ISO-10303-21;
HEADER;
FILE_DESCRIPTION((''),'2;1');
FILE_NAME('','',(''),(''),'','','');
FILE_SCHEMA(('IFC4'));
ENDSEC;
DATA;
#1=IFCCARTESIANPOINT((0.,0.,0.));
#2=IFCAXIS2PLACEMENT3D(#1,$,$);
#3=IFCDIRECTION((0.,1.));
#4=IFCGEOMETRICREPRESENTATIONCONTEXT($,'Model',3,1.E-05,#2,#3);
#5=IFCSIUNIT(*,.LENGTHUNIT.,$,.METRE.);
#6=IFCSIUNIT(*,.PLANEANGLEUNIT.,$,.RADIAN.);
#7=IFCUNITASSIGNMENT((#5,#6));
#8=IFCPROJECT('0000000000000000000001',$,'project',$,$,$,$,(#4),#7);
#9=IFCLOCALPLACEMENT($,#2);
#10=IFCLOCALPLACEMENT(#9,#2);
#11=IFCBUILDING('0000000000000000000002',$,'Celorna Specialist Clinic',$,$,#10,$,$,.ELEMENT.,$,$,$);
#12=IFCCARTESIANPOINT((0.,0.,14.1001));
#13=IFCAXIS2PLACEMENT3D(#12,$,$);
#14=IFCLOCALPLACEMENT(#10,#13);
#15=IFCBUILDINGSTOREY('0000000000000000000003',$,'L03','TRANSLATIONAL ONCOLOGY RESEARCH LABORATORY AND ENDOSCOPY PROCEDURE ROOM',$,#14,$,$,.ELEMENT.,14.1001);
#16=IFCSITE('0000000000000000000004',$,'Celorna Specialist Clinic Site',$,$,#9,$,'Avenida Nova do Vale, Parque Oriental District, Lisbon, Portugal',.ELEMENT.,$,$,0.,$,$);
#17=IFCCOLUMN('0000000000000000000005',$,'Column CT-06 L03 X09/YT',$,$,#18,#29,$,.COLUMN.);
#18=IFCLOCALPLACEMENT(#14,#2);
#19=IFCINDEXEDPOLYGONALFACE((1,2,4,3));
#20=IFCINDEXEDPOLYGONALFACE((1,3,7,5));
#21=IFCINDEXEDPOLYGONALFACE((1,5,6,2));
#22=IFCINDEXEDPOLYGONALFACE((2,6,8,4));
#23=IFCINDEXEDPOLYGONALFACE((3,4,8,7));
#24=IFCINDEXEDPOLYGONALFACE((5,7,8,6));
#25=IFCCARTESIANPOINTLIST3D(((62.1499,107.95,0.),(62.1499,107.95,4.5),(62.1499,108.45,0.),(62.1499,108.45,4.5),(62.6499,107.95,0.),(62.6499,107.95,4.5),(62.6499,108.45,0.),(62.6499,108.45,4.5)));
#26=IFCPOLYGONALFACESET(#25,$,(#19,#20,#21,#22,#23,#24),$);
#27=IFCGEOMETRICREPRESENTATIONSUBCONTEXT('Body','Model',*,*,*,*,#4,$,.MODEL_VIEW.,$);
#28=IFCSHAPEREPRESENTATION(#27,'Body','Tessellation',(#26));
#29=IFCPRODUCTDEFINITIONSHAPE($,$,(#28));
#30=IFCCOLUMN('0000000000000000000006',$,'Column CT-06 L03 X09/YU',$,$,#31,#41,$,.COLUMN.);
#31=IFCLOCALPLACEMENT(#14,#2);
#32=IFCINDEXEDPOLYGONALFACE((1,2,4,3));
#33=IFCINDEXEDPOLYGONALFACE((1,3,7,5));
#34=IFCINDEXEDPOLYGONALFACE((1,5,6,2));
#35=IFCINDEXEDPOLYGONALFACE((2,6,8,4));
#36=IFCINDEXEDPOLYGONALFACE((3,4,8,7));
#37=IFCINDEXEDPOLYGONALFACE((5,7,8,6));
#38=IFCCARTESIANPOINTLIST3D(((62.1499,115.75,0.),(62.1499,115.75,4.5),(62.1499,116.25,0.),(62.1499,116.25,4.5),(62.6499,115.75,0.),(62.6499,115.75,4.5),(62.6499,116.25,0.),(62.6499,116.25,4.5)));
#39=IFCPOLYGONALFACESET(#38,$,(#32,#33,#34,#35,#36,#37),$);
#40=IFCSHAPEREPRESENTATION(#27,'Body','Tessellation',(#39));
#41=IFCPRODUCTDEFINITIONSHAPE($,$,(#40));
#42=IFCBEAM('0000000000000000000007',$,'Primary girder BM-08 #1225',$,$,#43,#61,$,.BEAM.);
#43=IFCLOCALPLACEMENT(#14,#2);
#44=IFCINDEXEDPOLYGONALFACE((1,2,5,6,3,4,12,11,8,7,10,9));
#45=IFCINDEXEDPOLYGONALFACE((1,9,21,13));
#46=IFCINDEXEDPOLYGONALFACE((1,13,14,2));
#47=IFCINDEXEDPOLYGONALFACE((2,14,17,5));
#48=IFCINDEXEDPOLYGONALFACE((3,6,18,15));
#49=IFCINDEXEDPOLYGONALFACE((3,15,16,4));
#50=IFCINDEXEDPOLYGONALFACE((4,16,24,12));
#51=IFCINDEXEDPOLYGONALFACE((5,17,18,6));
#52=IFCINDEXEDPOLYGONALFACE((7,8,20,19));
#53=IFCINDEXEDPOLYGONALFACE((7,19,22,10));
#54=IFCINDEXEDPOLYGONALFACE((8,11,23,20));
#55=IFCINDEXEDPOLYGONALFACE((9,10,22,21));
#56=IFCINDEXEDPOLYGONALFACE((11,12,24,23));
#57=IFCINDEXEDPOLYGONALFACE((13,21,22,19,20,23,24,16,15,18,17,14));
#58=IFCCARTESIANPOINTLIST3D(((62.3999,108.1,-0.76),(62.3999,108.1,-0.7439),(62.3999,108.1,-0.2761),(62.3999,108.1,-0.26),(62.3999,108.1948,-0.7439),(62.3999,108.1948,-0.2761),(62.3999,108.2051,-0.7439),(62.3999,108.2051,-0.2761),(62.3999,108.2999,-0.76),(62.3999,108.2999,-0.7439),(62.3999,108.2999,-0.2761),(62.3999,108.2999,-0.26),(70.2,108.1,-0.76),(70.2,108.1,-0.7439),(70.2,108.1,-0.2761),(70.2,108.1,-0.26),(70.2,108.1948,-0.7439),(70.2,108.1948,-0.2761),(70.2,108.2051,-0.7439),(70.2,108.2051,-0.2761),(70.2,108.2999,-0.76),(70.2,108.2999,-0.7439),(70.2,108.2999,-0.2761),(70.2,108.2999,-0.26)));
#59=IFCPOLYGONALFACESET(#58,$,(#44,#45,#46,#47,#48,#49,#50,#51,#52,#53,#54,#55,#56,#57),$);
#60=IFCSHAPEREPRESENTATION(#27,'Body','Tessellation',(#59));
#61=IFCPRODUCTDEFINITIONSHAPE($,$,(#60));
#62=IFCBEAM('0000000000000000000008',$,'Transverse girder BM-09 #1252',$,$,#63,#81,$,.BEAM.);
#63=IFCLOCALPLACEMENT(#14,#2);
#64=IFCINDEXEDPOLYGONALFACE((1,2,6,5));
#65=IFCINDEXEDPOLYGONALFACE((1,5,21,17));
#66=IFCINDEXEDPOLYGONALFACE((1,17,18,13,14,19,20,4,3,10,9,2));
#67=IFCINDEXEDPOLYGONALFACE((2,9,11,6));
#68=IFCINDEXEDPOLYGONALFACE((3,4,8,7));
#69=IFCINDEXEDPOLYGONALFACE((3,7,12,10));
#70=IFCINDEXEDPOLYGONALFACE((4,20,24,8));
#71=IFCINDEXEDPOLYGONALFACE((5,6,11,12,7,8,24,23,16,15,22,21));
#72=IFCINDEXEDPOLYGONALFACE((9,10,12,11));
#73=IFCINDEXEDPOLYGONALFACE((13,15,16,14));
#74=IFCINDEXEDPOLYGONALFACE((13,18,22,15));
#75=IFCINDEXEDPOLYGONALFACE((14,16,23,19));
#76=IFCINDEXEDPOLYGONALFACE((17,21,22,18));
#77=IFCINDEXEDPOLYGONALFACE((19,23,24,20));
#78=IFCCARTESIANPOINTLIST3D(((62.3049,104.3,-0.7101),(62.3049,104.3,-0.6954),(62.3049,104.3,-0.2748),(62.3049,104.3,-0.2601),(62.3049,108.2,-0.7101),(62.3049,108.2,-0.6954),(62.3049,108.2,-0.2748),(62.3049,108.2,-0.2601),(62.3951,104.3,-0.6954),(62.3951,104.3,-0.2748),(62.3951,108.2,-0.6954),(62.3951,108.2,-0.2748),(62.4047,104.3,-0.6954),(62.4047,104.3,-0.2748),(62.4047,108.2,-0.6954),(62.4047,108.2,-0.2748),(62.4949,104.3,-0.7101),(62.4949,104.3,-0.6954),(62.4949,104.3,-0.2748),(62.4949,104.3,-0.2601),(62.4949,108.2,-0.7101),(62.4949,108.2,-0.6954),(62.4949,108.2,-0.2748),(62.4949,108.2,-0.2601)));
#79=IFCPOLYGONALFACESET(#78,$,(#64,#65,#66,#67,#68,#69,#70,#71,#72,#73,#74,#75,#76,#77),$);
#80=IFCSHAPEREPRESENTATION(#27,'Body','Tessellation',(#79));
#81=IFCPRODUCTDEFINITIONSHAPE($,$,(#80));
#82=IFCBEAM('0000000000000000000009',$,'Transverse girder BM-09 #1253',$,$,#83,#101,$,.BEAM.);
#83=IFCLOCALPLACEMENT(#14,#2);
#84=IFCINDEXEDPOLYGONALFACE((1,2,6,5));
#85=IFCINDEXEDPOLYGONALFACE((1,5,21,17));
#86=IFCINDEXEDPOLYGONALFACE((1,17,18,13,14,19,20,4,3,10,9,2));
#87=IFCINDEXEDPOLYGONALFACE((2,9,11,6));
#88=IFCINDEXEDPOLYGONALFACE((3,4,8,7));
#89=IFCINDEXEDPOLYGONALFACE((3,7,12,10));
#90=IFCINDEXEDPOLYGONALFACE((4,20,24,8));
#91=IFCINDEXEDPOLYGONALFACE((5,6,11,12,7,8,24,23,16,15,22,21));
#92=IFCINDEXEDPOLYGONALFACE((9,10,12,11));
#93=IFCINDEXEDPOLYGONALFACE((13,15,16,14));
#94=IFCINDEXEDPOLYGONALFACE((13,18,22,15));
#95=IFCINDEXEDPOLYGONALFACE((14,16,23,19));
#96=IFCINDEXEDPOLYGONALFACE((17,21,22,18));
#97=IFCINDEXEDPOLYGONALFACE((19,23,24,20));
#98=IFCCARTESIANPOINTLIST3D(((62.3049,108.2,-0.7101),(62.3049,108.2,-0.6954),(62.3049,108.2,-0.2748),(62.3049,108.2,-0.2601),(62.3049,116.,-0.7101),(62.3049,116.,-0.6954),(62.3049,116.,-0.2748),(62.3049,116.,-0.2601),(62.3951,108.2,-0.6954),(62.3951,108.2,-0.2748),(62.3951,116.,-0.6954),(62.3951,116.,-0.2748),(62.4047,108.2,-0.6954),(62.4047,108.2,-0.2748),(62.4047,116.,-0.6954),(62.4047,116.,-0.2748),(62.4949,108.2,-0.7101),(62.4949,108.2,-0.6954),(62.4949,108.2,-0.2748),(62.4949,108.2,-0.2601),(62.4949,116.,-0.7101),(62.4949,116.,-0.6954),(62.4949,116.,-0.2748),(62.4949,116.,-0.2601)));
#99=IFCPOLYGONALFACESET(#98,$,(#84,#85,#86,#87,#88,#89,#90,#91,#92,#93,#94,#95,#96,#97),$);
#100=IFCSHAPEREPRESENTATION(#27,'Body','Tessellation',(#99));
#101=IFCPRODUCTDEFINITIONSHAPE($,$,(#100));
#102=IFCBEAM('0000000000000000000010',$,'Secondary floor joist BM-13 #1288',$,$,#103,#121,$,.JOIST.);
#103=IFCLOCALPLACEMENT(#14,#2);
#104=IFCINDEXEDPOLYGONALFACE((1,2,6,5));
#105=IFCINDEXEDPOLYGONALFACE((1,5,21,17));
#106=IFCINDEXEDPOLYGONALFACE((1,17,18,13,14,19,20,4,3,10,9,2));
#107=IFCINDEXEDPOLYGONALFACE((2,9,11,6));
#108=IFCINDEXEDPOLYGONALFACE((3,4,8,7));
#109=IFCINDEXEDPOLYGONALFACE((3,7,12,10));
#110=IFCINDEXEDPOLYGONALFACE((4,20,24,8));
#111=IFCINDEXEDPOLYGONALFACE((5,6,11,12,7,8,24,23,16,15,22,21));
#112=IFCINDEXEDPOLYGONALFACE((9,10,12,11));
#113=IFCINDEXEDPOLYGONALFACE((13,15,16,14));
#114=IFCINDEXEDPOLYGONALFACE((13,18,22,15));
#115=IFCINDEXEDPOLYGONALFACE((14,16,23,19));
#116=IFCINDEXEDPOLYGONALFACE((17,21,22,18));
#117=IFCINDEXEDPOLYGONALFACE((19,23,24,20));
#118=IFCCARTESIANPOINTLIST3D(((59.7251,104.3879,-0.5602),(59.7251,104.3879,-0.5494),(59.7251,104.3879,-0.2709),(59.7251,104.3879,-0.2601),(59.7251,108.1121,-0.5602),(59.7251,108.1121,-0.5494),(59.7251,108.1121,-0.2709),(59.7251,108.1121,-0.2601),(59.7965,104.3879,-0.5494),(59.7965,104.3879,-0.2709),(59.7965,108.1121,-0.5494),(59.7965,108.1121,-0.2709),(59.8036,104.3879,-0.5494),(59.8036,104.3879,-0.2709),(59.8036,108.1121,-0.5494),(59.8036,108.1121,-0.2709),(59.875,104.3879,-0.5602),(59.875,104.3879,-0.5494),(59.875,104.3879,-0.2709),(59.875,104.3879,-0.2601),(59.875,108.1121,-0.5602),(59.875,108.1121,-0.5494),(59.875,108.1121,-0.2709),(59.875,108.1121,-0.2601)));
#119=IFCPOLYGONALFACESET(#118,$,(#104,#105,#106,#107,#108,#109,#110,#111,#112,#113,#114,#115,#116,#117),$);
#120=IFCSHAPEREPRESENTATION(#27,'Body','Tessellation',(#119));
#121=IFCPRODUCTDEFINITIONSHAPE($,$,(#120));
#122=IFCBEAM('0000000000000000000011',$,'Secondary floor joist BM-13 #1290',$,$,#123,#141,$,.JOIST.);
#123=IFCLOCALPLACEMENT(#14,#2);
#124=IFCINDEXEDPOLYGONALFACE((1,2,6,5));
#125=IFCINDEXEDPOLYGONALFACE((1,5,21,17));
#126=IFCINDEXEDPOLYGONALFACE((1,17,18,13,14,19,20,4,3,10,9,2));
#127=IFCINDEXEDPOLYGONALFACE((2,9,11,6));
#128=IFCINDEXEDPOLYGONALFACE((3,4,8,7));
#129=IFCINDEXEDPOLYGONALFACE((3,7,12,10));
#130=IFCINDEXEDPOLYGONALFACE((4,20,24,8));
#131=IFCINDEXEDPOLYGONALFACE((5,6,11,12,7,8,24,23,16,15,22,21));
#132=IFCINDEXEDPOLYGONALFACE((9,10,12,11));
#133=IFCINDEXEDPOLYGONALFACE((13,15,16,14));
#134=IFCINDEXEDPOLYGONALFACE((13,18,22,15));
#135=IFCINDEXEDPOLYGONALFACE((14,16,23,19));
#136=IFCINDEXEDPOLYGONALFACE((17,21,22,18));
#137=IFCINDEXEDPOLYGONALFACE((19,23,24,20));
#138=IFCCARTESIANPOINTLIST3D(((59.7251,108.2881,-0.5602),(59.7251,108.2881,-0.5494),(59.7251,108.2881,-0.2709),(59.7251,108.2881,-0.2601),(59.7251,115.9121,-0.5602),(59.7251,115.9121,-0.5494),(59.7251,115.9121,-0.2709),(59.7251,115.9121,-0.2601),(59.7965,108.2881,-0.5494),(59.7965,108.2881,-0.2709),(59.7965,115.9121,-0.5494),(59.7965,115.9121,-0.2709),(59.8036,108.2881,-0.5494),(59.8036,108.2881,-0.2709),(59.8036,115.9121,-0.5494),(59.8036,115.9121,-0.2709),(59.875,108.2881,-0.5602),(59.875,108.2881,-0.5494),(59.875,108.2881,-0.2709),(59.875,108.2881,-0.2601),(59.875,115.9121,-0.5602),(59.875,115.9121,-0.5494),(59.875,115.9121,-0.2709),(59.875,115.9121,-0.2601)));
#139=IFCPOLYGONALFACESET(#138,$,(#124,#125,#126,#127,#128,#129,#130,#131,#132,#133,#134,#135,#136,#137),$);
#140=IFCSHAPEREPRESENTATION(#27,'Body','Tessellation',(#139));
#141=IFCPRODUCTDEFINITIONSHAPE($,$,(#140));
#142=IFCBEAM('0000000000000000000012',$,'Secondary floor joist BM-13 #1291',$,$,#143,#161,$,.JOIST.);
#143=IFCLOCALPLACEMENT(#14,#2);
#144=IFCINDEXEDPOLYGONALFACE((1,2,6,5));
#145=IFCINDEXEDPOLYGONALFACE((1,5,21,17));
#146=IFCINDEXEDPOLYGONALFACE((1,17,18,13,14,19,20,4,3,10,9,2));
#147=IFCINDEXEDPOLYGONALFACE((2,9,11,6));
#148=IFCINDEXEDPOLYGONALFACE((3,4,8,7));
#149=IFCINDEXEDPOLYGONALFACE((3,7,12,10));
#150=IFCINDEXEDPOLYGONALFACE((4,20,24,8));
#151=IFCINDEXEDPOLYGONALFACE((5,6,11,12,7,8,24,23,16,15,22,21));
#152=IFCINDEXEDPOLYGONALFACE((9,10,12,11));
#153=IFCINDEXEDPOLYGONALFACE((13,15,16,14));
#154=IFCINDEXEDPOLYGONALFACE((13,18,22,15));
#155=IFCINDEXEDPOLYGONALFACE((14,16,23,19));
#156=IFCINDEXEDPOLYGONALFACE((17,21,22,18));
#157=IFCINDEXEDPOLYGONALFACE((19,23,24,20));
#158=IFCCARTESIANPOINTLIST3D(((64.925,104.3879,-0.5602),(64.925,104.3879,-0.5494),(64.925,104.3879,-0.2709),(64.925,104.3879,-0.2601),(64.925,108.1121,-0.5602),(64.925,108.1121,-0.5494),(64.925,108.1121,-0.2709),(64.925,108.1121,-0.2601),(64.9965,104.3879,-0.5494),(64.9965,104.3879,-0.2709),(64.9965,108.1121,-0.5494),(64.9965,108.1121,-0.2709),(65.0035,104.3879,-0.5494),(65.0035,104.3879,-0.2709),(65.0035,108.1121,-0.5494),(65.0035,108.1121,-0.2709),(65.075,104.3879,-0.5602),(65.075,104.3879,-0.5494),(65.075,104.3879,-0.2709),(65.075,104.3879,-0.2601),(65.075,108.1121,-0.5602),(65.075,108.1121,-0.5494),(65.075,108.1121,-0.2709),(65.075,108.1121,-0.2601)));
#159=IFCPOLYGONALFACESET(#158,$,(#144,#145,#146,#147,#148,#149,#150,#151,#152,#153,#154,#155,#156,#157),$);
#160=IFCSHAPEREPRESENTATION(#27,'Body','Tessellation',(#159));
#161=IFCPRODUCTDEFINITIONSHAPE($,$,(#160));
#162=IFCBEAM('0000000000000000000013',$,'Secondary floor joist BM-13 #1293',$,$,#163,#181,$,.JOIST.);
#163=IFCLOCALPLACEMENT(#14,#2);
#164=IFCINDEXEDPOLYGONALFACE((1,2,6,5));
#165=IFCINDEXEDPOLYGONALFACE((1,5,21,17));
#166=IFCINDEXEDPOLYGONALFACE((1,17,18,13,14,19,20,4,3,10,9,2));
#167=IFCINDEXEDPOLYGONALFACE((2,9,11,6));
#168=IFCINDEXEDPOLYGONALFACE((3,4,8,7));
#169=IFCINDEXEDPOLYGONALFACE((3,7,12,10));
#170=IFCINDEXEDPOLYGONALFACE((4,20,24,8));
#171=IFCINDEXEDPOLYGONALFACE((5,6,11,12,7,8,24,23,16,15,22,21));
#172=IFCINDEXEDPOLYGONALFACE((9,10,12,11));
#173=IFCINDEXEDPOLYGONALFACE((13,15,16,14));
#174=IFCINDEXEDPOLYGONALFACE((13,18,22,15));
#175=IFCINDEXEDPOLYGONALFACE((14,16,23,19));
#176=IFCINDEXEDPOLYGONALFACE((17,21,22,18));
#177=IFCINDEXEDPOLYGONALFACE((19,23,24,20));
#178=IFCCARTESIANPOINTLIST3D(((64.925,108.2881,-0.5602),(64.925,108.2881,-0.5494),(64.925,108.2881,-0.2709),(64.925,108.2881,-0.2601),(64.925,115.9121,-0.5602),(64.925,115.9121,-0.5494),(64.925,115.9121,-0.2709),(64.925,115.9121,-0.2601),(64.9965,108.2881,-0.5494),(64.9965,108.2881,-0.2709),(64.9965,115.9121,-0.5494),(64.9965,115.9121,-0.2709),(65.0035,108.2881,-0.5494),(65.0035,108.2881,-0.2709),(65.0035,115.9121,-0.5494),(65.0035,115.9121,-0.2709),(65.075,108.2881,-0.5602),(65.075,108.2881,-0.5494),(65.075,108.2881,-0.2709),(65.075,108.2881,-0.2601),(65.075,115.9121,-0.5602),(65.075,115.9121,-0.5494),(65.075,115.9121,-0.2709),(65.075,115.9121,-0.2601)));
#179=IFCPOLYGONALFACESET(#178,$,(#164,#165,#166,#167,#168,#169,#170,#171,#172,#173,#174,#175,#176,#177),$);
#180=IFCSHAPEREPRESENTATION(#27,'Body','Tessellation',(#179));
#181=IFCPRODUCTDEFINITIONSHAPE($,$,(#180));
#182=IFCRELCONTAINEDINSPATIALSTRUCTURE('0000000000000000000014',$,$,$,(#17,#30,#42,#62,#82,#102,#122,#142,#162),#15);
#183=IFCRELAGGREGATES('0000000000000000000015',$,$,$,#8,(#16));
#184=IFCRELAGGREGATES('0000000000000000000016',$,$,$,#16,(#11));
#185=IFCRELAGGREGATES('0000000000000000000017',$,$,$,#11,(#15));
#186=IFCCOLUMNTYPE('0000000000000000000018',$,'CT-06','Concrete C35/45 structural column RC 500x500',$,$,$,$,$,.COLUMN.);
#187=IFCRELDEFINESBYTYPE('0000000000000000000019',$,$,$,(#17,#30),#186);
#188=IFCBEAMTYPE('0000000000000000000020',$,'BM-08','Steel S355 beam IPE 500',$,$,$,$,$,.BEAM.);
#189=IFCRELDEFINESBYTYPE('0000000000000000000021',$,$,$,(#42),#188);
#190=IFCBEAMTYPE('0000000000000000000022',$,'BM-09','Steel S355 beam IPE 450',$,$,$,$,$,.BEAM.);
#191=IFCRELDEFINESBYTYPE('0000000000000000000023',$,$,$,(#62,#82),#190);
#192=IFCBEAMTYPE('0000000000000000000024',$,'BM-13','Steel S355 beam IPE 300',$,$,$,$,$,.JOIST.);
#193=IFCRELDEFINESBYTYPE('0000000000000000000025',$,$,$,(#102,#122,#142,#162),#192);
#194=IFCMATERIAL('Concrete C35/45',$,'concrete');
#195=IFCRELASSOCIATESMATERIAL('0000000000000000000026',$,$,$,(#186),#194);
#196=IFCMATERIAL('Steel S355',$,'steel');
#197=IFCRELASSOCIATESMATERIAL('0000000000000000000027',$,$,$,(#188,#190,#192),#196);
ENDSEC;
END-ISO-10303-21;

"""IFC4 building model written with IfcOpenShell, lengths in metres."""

from ifc_helpers import new_model, si_unit, direction, frame, origin, origin_2d, place, context, subcontext, project, spatial, rectangle, i_section, extrude, material, material_profile, profile_set, type_object, element, save


model = new_model("IFC4")

# Units and contexts
model_context = context("Model", 3, precision=1e-05, world=origin(), true_north=direction((0.0, 1.0)))
body_context = subcontext(model_context, "Body", "Model", "MODEL_VIEW")
ifc_project = project(units=[si_unit("LENGTHUNIT", "METRE"), si_unit("PLANEANGLEUNIT", "RADIAN")], contexts=[model_context])

# Site, building, storey
site_placement = place(None, origin())
site = spatial("IfcSite", under=ifc_project, at=site_placement, Name="Celorna Specialist Clinic Site", LongName="Avenida Nova do Vale, Parque Oriental District, Lisbon, Portugal", CompositionType="ELEMENT", RefElevation=0.0)
building_placement = place(site_placement, origin())
building = spatial("IfcBuilding", under=site, at=building_placement, Name="Celorna Specialist Clinic", CompositionType="ELEMENT")
storey_placement = place(building_placement, frame((0.0, 0.0, 14.1001)))
storey = spatial("IfcBuildingStorey", under=building, at=storey_placement, Name="L03", Description="TRANSLATIONAL ONCOLOGY RESEARCH LABORATORY AND ENDOSCOPY PROCEDURE ROOM", CompositionType="ELEMENT", Elevation=14.1001)

# Columns
ifc_material_1 = material(Name="Concrete C35/45", Category="concrete")
ifc_material_profile_1 = material_profile(ifc_material_1, rectangle(XDim=0.5, YDim=0.5, at=origin_2d()), Name="RC 500x500")
ifc_profile_set_1 = profile_set([ifc_material_profile_1], Name="Concrete C35/45")
column_type = type_object("IfcColumnType", Name="CT-06", Description="Concrete C35/45 structural column RC 500x500", PredefinedType="COLUMN", material=ifc_profile_set_1)
for number, where, z_axis, x_axis, name in (
    (1, (62.3999, 108.2, 0.0), (0.0, 0.0, 1.0), (1.0, 0.0, 0.0), "Column CT-06 L03 X09/YT"),
    (2, (62.3999, 116.0, 0.0), (0.0, 0.0, 1.0), (1.0, 0.0, 0.0), "Column CT-06 L03 X09/YU"),
):
    element("IfcColumn", number, at=place(storey_placement, frame(where, z_axis=z_axis, x_axis=x_axis)), inside=storey, type_object=column_type, Name=name, PredefinedType="COLUMN", context=body_context, shape_type="SweptSolid", body=[
        extrude(rectangle(XDim=0.5, YDim=0.5, at=origin_2d()), origin(), (0.0, 0.0, 1.0), 4.5),
    ])

# Beams
ifc_material_2 = material(Name="Steel S355", Category="steel")
ifc_material_profile_2 = material_profile(ifc_material_2, i_section(OverallWidth=0.2, OverallDepth=0.5, WebThickness=0.0103, FlangeThickness=0.0161, at=origin_2d()), Name="IPE 500")
ifc_profile_set_2 = profile_set([ifc_material_profile_2], Name="Steel S355")
beam_type_1 = type_object("IfcBeamType", Name="BM-08", Description="Steel S355 beam IPE 500", PredefinedType="BEAM", material=ifc_profile_set_2)
beam_1_placement = place(storey_placement, frame((62.3999, 108.2, -0.51), z_axis=(1.0, 0.0, 0.0), x_axis=(0.0, 1.0, 0.0)))
element("IfcBeam", 3, at=beam_1_placement, inside=storey, type_object=beam_type_1, Name="Primary girder BM-08 #1225", PredefinedType="BEAM", context=body_context, shape_type="SweptSolid", body=[
    extrude(i_section(OverallWidth=0.2, OverallDepth=0.5, WebThickness=0.0103, FlangeThickness=0.0161, at=origin_2d()), origin(), (0.0, 0.0, 1.0), 7.8),
])
ifc_material_profile_3 = material_profile(ifc_material_2, i_section(OverallWidth=0.1899, OverallDepth=0.45, WebThickness=0.0095, FlangeThickness=0.0146, at=origin_2d()), Name="IPE 450")
ifc_profile_set_3 = profile_set([ifc_material_profile_3], Name="Steel S355")
beam_type_2 = type_object("IfcBeamType", Name="BM-09", Description="Steel S355 beam IPE 450", PredefinedType="BEAM", material=ifc_profile_set_3)
beam_2_placement = place(storey_placement, frame((62.3999, 104.3, -0.4851), z_axis=(0.0, 1.0, 0.0), x_axis=(-1.0, 0.0, 0.0)))
element("IfcBeam", 4, at=beam_2_placement, inside=storey, type_object=beam_type_2, Name="Transverse girder BM-09 #1252", PredefinedType="BEAM", context=body_context, shape_type="SweptSolid", body=[
    extrude(i_section(OverallWidth=0.1899, OverallDepth=0.45, WebThickness=0.0095, FlangeThickness=0.0146, at=origin_2d()), origin(), (0.0, 0.0, 1.0), 3.8999),
])
beam_3_placement = place(storey_placement, frame((62.3999, 108.2, -0.4851), z_axis=(0.0, 1.0, 0.0), x_axis=(-1.0, 0.0, 0.0)))
element("IfcBeam", 5, at=beam_3_placement, inside=storey, type_object=beam_type_2, Name="Transverse girder BM-09 #1253", PredefinedType="BEAM", context=body_context, shape_type="SweptSolid", body=[
    extrude(i_section(OverallWidth=0.1899, OverallDepth=0.45, WebThickness=0.0095, FlangeThickness=0.0146, at=origin_2d()), origin(), (0.0, 0.0, 1.0), 7.8),
])
ifc_material_profile_4 = material_profile(ifc_material_2, i_section(OverallWidth=0.1499, OverallDepth=0.3, WebThickness=0.0071, FlangeThickness=0.0107, at=origin_2d()), Name="IPE 300")
ifc_profile_set_4 = profile_set([ifc_material_profile_4], Name="Steel S355")
beam_type_3 = type_object("IfcBeamType", Name="BM-13", Description="Steel S355 beam IPE 300", PredefinedType="JOIST", material=ifc_profile_set_4)
beam_4_placement = place(storey_placement, frame((59.8, 104.3879, -0.4102), z_axis=(0.0, 1.0, 0.0), x_axis=(-1.0, 0.0, 0.0)))
element("IfcBeam", 6, at=beam_4_placement, inside=storey, type_object=beam_type_3, Name="Secondary floor joist BM-13 #1288", PredefinedType="JOIST", context=body_context, shape_type="SweptSolid", body=[
    extrude(i_section(OverallWidth=0.1499, OverallDepth=0.3, WebThickness=0.0071, FlangeThickness=0.0107, at=origin_2d()), origin(), (0.0, 0.0, 1.0), 3.7241),
])
beam_5_placement = place(storey_placement, frame((59.8, 108.2881, -0.4102), z_axis=(0.0, 1.0, 0.0), x_axis=(-1.0, 0.0, 0.0)))
element("IfcBeam", 7, at=beam_5_placement, inside=storey, type_object=beam_type_3, Name="Secondary floor joist BM-13 #1290", PredefinedType="JOIST", context=body_context, shape_type="SweptSolid", body=[
    extrude(i_section(OverallWidth=0.1499, OverallDepth=0.3, WebThickness=0.0071, FlangeThickness=0.0107, at=origin_2d()), origin(), (0.0, 0.0, 1.0), 7.624),
])
beam_6_placement = place(storey_placement, frame((65.0, 104.3879, -0.4102), z_axis=(0.0, 1.0, 0.0), x_axis=(-1.0, 0.0, 0.0)))
element("IfcBeam", 8, at=beam_6_placement, inside=storey, type_object=beam_type_3, Name="Secondary floor joist BM-13 #1291", PredefinedType="JOIST", context=body_context, shape_type="SweptSolid", body=[
    extrude(i_section(OverallWidth=0.1499, OverallDepth=0.3, WebThickness=0.0071, FlangeThickness=0.0107, at=origin_2d()), origin(), (0.0, 0.0, 1.0), 3.7241),
])
beam_7_placement = place(storey_placement, frame((65.0, 108.2881, -0.4102), z_axis=(0.0, 1.0, 0.0), x_axis=(-1.0, 0.0, 0.0)))
element("IfcBeam", 9, at=beam_7_placement, inside=storey, type_object=beam_type_3, Name="Secondary floor joist BM-13 #1293", PredefinedType="JOIST", context=body_context, shape_type="SweptSolid", body=[
    extrude(i_section(OverallWidth=0.1499, OverallDepth=0.3, WebThickness=0.0071, FlangeThickness=0.0107, at=origin_2d()), origin(), (0.0, 0.0, 1.0), 7.624),
])

save(model, "model.ifc")
